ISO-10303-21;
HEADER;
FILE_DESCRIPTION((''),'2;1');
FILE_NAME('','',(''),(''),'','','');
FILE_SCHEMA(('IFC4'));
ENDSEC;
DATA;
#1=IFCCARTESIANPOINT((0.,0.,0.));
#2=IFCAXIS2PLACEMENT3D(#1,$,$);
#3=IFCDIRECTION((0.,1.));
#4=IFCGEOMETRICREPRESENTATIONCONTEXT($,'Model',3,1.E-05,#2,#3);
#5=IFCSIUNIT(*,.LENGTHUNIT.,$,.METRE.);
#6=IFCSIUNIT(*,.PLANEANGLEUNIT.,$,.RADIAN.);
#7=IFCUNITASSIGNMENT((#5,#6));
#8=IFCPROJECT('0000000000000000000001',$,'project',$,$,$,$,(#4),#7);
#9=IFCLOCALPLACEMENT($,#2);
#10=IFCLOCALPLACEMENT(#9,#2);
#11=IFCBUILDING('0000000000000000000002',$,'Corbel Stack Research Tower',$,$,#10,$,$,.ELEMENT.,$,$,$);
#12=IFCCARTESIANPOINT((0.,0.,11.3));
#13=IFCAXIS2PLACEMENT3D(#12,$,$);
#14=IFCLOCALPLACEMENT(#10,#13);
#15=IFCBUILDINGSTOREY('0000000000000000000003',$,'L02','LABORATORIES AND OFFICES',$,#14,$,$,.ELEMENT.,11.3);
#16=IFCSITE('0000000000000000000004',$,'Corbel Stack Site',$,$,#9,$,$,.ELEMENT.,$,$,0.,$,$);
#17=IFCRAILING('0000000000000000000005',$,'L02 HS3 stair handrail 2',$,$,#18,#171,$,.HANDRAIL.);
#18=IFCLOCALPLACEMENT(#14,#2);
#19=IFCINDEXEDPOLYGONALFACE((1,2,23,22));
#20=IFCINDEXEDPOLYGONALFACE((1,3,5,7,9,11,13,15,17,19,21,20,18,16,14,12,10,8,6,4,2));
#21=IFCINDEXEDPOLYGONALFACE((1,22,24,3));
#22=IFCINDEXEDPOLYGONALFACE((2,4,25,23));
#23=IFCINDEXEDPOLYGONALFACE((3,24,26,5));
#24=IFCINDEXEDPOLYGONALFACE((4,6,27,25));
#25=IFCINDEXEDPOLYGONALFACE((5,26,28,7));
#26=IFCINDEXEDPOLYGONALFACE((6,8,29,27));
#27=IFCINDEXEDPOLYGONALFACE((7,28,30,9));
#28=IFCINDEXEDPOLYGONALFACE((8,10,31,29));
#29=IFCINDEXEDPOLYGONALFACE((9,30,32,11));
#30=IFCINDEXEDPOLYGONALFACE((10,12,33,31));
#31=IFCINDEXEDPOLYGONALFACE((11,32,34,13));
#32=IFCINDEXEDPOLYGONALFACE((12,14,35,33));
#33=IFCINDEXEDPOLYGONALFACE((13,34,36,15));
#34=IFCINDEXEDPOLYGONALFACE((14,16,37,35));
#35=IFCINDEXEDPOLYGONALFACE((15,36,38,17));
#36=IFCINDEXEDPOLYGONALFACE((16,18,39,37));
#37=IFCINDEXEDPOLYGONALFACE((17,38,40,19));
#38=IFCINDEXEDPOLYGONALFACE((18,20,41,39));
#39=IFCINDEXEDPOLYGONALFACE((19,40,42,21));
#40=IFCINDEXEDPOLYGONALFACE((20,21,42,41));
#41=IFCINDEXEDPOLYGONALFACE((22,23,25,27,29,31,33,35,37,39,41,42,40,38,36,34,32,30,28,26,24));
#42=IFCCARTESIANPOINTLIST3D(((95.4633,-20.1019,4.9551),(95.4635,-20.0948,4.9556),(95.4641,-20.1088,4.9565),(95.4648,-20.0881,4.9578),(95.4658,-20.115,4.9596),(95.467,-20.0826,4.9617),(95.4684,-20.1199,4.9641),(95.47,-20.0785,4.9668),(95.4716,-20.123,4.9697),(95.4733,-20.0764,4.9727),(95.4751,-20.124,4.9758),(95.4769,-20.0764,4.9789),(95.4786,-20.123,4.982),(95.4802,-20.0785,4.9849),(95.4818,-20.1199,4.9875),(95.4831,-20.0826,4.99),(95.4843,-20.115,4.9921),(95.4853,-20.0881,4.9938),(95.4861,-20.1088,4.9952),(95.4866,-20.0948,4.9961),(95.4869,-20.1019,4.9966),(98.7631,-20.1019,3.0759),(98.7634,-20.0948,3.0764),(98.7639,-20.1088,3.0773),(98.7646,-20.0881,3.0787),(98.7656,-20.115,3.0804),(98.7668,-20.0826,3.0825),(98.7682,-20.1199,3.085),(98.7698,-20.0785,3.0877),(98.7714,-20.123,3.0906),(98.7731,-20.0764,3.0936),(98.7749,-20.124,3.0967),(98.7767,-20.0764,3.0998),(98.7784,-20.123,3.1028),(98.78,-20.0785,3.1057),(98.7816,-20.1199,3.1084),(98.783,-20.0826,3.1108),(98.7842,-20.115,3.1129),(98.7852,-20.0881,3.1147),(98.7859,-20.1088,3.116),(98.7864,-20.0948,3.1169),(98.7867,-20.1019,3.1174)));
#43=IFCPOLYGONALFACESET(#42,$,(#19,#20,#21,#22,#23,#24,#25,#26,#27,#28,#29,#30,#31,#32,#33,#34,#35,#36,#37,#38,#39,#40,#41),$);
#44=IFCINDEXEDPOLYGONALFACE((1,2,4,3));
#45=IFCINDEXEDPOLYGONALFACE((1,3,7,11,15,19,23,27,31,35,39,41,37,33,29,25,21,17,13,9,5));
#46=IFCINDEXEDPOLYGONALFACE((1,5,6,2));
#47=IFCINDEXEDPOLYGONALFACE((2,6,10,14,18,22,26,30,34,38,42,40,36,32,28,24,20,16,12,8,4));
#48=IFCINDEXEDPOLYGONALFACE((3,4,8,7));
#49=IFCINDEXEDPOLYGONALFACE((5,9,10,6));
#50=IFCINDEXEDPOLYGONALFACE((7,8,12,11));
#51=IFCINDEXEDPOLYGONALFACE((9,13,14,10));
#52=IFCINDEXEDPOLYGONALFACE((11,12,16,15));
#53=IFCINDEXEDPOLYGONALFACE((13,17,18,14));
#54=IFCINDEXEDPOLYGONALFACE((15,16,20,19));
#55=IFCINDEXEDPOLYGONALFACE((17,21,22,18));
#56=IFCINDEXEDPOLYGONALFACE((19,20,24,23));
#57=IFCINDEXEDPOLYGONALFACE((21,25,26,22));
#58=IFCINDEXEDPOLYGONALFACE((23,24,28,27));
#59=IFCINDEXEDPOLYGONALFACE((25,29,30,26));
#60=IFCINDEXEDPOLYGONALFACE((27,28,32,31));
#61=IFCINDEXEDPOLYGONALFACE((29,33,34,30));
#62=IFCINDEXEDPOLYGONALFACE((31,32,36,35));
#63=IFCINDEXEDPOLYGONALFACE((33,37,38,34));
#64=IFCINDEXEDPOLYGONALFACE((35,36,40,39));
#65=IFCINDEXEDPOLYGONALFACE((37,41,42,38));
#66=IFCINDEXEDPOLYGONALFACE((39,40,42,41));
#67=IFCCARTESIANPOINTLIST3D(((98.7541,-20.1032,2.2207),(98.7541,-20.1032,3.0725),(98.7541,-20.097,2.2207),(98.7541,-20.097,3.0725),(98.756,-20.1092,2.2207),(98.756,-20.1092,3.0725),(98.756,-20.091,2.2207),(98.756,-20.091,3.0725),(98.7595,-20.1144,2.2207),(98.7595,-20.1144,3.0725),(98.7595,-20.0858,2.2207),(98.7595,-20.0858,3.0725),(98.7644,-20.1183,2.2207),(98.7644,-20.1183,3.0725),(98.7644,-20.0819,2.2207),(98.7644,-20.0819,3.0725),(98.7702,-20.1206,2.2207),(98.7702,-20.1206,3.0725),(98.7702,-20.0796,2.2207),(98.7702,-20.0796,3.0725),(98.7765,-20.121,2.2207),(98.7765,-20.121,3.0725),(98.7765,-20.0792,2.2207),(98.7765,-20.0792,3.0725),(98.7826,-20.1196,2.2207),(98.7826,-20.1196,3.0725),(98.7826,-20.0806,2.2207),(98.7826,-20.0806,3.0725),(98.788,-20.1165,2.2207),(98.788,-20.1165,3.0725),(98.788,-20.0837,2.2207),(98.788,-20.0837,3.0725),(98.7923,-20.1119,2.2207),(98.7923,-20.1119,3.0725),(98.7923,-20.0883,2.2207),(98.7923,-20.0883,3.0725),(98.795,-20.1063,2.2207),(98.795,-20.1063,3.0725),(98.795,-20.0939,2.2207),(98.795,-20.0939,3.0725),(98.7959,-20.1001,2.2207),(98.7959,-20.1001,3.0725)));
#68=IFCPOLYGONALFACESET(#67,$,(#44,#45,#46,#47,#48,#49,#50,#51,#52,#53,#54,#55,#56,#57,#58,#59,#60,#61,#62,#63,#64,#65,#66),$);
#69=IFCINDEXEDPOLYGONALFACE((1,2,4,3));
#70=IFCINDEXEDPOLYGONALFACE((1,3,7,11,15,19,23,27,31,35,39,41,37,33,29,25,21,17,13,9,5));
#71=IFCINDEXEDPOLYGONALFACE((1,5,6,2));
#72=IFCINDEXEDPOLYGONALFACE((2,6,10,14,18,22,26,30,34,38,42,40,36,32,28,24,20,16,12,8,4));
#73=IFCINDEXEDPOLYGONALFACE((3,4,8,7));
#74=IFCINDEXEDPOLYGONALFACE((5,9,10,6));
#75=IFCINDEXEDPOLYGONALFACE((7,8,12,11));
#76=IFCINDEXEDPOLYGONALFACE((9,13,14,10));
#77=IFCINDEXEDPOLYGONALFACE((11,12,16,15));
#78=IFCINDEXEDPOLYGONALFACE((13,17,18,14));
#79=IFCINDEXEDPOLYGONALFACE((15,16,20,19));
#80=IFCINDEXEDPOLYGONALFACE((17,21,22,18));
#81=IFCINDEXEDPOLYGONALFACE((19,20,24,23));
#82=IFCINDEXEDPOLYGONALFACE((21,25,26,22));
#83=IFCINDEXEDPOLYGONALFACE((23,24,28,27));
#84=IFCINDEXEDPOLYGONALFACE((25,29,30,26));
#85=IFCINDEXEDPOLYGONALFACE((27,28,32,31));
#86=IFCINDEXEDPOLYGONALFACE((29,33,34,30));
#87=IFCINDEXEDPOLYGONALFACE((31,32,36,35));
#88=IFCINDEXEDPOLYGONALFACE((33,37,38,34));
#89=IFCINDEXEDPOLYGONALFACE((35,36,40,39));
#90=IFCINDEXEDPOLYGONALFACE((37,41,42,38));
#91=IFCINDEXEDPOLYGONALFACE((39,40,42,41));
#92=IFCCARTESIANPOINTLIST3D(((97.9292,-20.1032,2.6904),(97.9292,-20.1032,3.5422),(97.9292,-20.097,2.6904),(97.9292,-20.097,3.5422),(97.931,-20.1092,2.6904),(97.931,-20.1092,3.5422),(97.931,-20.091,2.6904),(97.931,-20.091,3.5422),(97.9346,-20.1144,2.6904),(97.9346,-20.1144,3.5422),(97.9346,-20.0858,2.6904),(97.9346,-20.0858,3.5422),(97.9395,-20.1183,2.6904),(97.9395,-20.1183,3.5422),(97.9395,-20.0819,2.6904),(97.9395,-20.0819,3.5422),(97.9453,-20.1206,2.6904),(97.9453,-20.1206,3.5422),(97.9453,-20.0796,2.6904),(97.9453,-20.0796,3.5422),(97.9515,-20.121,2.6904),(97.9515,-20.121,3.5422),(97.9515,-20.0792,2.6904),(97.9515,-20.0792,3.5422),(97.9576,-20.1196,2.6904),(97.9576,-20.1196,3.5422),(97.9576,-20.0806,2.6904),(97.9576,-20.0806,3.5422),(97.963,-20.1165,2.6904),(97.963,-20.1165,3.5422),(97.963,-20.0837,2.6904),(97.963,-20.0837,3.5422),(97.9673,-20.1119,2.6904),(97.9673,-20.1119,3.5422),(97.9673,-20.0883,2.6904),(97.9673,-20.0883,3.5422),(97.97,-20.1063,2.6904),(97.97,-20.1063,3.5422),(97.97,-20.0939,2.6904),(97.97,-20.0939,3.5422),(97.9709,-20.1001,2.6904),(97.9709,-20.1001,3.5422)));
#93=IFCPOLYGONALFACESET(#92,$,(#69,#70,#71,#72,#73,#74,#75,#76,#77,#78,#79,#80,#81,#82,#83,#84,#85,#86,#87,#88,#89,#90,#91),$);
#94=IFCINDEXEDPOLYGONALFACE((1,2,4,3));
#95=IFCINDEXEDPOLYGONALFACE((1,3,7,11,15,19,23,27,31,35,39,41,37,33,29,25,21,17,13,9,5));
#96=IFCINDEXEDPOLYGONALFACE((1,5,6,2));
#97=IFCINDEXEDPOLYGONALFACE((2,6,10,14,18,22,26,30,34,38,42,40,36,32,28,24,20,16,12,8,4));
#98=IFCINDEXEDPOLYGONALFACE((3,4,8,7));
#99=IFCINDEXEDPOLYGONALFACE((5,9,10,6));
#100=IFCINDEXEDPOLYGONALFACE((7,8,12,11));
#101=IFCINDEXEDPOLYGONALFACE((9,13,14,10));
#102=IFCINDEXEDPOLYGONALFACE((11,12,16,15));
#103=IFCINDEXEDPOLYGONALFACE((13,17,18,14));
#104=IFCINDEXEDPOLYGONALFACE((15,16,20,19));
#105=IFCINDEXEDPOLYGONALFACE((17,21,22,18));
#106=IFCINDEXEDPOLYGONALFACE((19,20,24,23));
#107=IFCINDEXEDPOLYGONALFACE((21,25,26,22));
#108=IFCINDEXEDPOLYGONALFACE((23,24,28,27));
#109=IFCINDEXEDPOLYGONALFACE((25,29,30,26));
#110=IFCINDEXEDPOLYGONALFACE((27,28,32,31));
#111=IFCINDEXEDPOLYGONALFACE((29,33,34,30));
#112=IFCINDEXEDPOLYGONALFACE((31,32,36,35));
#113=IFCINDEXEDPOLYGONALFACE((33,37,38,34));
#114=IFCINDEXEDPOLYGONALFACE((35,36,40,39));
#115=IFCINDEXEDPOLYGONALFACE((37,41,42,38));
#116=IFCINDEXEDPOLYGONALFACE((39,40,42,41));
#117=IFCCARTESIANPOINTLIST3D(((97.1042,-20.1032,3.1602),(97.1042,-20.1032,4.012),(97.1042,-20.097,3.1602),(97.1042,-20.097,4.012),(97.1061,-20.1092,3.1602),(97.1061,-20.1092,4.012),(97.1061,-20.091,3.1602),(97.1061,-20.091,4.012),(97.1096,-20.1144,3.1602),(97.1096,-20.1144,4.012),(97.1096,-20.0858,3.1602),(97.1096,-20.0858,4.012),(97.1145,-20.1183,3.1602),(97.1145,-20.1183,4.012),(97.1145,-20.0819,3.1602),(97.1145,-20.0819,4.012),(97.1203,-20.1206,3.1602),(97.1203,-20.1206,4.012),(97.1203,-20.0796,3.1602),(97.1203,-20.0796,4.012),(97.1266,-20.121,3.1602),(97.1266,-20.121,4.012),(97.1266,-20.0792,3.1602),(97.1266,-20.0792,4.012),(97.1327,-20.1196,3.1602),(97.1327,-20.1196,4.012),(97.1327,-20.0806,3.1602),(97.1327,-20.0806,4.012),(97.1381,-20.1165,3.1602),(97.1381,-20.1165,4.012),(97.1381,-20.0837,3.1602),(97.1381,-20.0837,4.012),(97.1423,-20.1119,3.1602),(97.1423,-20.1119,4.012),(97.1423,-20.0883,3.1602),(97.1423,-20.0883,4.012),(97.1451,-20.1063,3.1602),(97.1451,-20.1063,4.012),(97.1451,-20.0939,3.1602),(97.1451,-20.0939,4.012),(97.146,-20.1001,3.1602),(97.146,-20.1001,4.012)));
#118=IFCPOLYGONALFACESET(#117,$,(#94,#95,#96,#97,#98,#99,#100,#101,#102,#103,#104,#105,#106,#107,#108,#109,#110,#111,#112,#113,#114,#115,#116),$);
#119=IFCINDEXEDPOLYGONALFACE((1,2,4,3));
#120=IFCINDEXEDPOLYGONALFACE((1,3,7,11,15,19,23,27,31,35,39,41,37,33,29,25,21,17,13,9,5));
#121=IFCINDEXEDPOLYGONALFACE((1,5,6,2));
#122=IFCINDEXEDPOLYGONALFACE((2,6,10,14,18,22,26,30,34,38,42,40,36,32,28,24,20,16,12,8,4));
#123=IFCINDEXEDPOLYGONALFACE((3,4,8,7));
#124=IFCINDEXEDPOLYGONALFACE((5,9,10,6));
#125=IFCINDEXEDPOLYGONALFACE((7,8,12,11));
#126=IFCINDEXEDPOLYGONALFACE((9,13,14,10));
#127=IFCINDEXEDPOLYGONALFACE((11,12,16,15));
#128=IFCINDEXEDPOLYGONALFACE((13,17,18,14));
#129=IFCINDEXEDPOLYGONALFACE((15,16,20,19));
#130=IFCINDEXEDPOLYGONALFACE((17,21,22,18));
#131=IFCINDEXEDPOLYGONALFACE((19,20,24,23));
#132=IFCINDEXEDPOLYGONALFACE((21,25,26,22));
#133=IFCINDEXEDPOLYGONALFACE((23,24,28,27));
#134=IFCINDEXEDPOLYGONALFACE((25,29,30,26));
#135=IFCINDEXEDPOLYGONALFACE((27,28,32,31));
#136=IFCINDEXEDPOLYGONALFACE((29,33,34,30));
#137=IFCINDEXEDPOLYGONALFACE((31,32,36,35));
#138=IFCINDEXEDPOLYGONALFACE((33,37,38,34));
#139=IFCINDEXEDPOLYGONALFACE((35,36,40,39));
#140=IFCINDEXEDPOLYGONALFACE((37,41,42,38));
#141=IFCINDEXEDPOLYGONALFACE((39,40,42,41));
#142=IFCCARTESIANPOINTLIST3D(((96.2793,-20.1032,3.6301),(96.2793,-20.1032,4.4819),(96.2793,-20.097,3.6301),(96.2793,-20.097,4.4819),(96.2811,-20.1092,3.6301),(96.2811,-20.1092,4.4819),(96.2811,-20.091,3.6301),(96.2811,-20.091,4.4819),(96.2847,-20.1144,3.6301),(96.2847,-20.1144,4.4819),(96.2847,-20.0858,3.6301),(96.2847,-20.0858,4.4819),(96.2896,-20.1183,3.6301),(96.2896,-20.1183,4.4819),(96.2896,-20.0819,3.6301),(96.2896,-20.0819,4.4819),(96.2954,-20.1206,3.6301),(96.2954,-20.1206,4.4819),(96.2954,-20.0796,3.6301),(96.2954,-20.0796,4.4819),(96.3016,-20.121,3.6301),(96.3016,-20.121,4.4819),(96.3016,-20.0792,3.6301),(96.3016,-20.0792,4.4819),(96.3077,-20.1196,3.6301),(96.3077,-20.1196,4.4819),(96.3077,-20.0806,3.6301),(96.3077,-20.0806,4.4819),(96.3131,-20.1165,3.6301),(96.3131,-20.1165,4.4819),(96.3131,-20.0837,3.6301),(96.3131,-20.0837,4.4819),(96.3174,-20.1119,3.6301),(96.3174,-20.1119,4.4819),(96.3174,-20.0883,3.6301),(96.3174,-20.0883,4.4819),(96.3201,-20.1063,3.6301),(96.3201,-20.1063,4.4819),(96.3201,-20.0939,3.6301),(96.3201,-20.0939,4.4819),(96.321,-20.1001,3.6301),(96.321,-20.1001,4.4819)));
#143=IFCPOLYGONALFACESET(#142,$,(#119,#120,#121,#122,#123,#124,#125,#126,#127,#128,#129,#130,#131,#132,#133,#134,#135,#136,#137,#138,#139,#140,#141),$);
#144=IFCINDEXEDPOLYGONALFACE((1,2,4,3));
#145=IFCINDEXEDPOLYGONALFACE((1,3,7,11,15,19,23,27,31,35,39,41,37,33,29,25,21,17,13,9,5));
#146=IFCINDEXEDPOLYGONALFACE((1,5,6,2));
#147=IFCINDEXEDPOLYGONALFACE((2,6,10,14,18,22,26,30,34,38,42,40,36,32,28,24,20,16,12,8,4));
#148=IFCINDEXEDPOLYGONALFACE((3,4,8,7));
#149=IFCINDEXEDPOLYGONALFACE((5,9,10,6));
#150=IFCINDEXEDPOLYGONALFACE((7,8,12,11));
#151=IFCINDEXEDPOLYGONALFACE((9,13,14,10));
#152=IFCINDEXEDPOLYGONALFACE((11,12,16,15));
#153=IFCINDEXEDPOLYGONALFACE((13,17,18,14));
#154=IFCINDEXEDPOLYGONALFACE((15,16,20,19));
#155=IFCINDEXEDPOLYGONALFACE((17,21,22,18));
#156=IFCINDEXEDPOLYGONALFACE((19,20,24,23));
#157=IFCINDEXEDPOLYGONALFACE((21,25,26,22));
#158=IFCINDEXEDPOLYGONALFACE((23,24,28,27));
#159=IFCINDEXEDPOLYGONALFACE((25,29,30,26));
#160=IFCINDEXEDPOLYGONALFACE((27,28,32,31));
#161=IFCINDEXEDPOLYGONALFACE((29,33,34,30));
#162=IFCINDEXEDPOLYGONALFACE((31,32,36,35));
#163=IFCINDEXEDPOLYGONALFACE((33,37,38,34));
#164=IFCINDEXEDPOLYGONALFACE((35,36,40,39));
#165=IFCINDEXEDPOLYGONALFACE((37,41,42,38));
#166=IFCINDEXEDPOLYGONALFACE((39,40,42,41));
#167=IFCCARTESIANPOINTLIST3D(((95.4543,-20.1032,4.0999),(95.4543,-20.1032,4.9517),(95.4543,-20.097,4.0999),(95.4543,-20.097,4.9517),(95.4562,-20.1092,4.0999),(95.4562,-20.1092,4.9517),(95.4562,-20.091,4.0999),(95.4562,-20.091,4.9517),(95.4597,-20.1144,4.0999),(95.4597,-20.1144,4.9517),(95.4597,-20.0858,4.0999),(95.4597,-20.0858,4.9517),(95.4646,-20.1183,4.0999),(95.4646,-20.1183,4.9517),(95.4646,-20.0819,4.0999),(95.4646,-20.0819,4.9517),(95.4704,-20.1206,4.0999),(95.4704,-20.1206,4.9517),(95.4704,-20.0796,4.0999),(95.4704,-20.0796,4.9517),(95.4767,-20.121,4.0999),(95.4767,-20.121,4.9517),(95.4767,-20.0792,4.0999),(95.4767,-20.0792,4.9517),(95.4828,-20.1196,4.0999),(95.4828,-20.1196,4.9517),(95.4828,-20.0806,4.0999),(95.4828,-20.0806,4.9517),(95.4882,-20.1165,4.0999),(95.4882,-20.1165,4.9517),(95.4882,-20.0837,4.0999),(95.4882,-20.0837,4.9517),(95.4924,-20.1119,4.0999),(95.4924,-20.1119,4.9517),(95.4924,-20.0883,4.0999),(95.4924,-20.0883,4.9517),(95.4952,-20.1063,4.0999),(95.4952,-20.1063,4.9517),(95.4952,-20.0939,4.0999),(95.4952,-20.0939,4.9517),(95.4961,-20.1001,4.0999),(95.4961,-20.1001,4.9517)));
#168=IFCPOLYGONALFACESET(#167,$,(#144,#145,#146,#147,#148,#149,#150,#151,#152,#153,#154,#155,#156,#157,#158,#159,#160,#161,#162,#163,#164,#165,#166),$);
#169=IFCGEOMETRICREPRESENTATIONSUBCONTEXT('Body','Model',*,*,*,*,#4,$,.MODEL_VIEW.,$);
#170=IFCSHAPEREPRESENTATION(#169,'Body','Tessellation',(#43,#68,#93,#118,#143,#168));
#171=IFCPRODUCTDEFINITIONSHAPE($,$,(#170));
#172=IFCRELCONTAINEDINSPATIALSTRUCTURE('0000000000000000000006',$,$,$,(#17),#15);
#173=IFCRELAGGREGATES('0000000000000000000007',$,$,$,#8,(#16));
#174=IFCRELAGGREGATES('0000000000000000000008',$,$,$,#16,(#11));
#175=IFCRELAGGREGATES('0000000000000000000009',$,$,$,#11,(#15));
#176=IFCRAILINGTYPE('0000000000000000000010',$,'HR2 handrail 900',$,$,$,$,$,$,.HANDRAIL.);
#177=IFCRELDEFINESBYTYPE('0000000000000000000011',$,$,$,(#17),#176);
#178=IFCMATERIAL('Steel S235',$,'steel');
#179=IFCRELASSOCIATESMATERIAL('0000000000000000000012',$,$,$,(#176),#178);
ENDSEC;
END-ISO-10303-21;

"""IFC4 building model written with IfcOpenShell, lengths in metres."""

from ifc_helpers import new_model, si_unit, direction, frame, origin, origin_2d, place, context, subcontext, project, spatial, circle, extrude, material, type_object, element, save


model = new_model("IFC4")

# Units and contexts
model_context = context("Model", 3, precision=1e-05, world=origin(), true_north=direction((0.0, 1.0)))
body_context = subcontext(model_context, "Body", "Model", "MODEL_VIEW")
ifc_project = project(units=[si_unit("LENGTHUNIT", "METRE"), si_unit("PLANEANGLEUNIT", "RADIAN")], contexts=[model_context])

# Site, building, storey
site_placement = place(None, origin())
site = spatial("IfcSite", under=ifc_project, at=site_placement, Name="Corbel Stack Site", CompositionType="ELEMENT", RefElevation=0.0)
building_placement = place(site_placement, origin())
building = spatial("IfcBuilding", under=site, at=building_placement, Name="Corbel Stack Research Tower", CompositionType="ELEMENT")
storey_placement = place(building_placement, frame((0.0, 0.0, 11.3)))
storey = spatial("IfcBuildingStorey", under=building, at=storey_placement, Name="L02", Description="LABORATORIES AND OFFICES", CompositionType="ELEMENT", Elevation=11.3)

# Railing
ifc_material_1 = material(Name="Steel S235", Category="steel")
railing_type_1 = type_object("IfcRailingType", Name="HR2 handrail 900", PredefinedType="HANDRAIL", material=ifc_material_1)
railing_1_placement = place(storey_placement, frame((98.7749, -20.1001, 2.2207)))
element("IfcRailing", 1, at=railing_1_placement, inside=storey, type_object=railing_type_1, Name="L02 HS3 stair handrail 2", PredefinedType="HANDRAIL", context=body_context, shape_type="SweptSolid", body=[
    extrude(circle(Radius=0.0239, at=origin_2d()), frame((0.0, 0.0, 0.876), z_axis=(-0.868974, 0.0, 0.494857), x_axis=(0.0, -1.0, 0.0)), (0.0, 0.0, 1.0), 3.7974),
    extrude(circle(Radius=0.021, at=origin_2d()), origin(), (0.0, 0.0, 1.0), 0.8518),
    extrude(circle(Radius=0.021, at=origin_2d()), frame((-0.825, 0.0, 0.4697)), (0.0, 0.0, 1.0), 0.8518),
    extrude(circle(Radius=0.021, at=origin_2d()), frame((-1.6499, 0.0, 0.9395)), (0.0, 0.0, 1.0), 0.8518),
    extrude(circle(Radius=0.021, at=origin_2d()), frame((-2.4749, 0.0, 1.4094)), (0.0, 0.0, 1.0), 0.8518),
    extrude(circle(Radius=0.021, at=origin_2d()), frame((-3.2998, 0.0, 1.8792)), (0.0, 0.0, 1.0), 0.8518),
])

save(model, "model.ifc")
